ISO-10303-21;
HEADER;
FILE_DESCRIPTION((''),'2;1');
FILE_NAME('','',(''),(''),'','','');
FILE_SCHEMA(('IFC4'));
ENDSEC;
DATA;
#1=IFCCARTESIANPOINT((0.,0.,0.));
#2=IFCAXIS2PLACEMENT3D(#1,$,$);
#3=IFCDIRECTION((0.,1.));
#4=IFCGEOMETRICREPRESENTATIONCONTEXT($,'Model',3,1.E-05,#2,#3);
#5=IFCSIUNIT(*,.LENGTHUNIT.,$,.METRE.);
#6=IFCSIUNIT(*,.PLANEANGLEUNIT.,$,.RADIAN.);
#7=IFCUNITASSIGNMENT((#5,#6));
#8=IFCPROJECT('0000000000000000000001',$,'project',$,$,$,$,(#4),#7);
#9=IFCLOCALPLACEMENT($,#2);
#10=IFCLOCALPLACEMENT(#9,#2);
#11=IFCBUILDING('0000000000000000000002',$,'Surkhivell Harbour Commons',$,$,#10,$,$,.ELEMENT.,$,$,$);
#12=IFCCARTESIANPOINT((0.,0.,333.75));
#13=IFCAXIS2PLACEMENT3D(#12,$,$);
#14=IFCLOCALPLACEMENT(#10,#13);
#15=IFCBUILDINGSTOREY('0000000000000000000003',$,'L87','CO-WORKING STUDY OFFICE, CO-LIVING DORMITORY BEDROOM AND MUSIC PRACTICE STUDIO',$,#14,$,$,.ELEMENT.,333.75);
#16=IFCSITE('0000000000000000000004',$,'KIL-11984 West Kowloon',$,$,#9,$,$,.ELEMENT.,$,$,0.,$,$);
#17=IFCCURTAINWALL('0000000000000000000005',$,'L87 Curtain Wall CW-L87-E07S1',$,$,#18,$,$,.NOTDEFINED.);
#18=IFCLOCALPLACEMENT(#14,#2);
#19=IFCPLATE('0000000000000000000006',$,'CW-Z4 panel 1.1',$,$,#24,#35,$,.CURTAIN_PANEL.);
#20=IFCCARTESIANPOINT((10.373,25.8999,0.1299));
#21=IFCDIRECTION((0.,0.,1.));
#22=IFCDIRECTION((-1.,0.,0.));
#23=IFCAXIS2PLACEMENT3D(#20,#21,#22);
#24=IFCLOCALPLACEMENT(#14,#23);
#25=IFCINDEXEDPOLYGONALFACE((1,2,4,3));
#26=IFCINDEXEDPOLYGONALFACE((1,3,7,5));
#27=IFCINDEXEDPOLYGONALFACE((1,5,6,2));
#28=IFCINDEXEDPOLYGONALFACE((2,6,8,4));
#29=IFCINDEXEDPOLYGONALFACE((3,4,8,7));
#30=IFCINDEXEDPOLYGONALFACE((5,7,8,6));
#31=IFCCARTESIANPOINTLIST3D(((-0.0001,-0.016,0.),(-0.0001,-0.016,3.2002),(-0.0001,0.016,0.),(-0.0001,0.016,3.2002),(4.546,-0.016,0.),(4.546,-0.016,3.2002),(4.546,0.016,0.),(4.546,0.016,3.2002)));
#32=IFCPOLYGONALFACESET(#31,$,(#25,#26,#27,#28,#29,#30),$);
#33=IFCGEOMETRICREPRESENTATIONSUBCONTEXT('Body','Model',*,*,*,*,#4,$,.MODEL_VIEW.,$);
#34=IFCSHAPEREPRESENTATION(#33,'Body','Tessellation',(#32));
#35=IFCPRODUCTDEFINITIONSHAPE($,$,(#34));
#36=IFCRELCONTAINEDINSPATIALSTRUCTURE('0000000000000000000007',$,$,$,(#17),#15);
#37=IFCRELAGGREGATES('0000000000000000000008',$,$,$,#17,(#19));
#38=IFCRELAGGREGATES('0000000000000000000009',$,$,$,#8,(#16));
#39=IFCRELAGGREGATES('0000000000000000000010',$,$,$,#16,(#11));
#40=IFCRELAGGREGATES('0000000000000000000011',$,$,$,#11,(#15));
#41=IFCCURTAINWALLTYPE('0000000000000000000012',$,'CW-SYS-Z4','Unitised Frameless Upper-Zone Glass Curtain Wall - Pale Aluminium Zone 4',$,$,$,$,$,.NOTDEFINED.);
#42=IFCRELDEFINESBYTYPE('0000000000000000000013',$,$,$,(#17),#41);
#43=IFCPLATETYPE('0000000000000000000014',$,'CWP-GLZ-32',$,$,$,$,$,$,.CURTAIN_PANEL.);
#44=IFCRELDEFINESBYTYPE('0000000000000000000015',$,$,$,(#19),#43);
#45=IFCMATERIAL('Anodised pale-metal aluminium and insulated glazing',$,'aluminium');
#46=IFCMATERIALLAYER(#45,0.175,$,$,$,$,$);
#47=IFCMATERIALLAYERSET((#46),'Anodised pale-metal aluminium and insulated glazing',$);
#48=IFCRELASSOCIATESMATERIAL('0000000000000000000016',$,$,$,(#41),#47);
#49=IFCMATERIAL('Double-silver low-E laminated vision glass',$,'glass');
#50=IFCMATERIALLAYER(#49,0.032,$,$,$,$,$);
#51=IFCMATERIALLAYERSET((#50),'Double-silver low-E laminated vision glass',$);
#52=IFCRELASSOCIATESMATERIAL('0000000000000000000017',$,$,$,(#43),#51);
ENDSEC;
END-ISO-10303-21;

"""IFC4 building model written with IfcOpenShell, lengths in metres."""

from ifc_helpers import new_model, si_unit, direction, frame, frame_2d, origin, place, context, subcontext, project, spatial, rectangle, extrude, material, layer, layer_set, type_object, element, aggregate, save


model = new_model("IFC4")

# Units and contexts
model_context = context("Model", 3, precision=1e-05, world=origin(), true_north=direction((0.0, 1.0)))
body_context = subcontext(model_context, "Body", "Model", "MODEL_VIEW")
ifc_project = project(units=[si_unit("LENGTHUNIT", "METRE"), si_unit("PLANEANGLEUNIT", "RADIAN")], contexts=[model_context])

# Site, building, storey
site_placement = place(None, origin())
site = spatial("IfcSite", under=ifc_project, at=site_placement, Name="KIL-11984 West Kowloon", CompositionType="ELEMENT", RefElevation=0.0)
building_placement = place(site_placement, origin())
building = spatial("IfcBuilding", under=site, at=building_placement, Name="Surkhivell Harbour Commons", CompositionType="ELEMENT")
storey_placement = place(building_placement, frame((0.0, 0.0, 333.75)))
storey = spatial("IfcBuildingStorey", under=building, at=storey_placement, Name="L87", Description="CO-WORKING STUDY OFFICE, CO-LIVING DORMITORY BEDROOM AND MUSIC PRACTICE STUDIO", CompositionType="ELEMENT", Elevation=333.75)

# Curtain wall
ifc_material_1 = material(Name="Anodised pale-metal aluminium and insulated glazing", Category="aluminium")
ifc_layer_1 = layer(ifc_material_1, 0.175)
ifc_layer_set_1 = layer_set([ifc_layer_1], Name="Anodised pale-metal aluminium and insulated glazing")
curtain_wall_type = type_object("IfcCurtainWallType", Name="CW-SYS-Z4", Description="Unitised Frameless Upper-Zone Glass Curtain Wall - Pale Aluminium Zone 4", PredefinedType="NOTDEFINED", material=ifc_layer_set_1)
curtain_wall_1_placement = place(storey_placement, origin())
curtain_wall_1 = element("IfcCurtainWall", 1, at=curtain_wall_1_placement, inside=storey, type_object=curtain_wall_type, Name="L87 Curtain Wall CW-L87-E07S1", PredefinedType="NOTDEFINED")

# Plate
ifc_material_2 = material(Name="Double-silver low-E laminated vision glass", Category="glass")
ifc_layer_2 = layer(ifc_material_2, 0.032)
ifc_layer_set_2 = layer_set([ifc_layer_2], Name="Double-silver low-E laminated vision glass")
plate_type = type_object("IfcPlateType", Name="CWP-GLZ-32", PredefinedType="CURTAIN_PANEL", material=ifc_layer_set_2)
plate_1_placement = place(storey_placement, frame((10.373, 25.8999, 0.1299), z_axis=(0.0, 0.0, 1.0), x_axis=(-1.0, 0.0, 0.0)))
plate_1 = element("IfcPlate", 2, at=plate_1_placement, type_object=plate_type, Name="CW-Z4 panel 1.1", PredefinedType="CURTAIN_PANEL", context=body_context, shape_type="SweptSolid", body=[
    extrude(rectangle(XDim=4.5461, YDim=0.032, at=frame_2d((2.2729, 0.0))), origin(), (0.0, 0.0, 1.0), 3.2002),
])
aggregate(curtain_wall_1, [plate_1])

save(model, "model.ifc")
